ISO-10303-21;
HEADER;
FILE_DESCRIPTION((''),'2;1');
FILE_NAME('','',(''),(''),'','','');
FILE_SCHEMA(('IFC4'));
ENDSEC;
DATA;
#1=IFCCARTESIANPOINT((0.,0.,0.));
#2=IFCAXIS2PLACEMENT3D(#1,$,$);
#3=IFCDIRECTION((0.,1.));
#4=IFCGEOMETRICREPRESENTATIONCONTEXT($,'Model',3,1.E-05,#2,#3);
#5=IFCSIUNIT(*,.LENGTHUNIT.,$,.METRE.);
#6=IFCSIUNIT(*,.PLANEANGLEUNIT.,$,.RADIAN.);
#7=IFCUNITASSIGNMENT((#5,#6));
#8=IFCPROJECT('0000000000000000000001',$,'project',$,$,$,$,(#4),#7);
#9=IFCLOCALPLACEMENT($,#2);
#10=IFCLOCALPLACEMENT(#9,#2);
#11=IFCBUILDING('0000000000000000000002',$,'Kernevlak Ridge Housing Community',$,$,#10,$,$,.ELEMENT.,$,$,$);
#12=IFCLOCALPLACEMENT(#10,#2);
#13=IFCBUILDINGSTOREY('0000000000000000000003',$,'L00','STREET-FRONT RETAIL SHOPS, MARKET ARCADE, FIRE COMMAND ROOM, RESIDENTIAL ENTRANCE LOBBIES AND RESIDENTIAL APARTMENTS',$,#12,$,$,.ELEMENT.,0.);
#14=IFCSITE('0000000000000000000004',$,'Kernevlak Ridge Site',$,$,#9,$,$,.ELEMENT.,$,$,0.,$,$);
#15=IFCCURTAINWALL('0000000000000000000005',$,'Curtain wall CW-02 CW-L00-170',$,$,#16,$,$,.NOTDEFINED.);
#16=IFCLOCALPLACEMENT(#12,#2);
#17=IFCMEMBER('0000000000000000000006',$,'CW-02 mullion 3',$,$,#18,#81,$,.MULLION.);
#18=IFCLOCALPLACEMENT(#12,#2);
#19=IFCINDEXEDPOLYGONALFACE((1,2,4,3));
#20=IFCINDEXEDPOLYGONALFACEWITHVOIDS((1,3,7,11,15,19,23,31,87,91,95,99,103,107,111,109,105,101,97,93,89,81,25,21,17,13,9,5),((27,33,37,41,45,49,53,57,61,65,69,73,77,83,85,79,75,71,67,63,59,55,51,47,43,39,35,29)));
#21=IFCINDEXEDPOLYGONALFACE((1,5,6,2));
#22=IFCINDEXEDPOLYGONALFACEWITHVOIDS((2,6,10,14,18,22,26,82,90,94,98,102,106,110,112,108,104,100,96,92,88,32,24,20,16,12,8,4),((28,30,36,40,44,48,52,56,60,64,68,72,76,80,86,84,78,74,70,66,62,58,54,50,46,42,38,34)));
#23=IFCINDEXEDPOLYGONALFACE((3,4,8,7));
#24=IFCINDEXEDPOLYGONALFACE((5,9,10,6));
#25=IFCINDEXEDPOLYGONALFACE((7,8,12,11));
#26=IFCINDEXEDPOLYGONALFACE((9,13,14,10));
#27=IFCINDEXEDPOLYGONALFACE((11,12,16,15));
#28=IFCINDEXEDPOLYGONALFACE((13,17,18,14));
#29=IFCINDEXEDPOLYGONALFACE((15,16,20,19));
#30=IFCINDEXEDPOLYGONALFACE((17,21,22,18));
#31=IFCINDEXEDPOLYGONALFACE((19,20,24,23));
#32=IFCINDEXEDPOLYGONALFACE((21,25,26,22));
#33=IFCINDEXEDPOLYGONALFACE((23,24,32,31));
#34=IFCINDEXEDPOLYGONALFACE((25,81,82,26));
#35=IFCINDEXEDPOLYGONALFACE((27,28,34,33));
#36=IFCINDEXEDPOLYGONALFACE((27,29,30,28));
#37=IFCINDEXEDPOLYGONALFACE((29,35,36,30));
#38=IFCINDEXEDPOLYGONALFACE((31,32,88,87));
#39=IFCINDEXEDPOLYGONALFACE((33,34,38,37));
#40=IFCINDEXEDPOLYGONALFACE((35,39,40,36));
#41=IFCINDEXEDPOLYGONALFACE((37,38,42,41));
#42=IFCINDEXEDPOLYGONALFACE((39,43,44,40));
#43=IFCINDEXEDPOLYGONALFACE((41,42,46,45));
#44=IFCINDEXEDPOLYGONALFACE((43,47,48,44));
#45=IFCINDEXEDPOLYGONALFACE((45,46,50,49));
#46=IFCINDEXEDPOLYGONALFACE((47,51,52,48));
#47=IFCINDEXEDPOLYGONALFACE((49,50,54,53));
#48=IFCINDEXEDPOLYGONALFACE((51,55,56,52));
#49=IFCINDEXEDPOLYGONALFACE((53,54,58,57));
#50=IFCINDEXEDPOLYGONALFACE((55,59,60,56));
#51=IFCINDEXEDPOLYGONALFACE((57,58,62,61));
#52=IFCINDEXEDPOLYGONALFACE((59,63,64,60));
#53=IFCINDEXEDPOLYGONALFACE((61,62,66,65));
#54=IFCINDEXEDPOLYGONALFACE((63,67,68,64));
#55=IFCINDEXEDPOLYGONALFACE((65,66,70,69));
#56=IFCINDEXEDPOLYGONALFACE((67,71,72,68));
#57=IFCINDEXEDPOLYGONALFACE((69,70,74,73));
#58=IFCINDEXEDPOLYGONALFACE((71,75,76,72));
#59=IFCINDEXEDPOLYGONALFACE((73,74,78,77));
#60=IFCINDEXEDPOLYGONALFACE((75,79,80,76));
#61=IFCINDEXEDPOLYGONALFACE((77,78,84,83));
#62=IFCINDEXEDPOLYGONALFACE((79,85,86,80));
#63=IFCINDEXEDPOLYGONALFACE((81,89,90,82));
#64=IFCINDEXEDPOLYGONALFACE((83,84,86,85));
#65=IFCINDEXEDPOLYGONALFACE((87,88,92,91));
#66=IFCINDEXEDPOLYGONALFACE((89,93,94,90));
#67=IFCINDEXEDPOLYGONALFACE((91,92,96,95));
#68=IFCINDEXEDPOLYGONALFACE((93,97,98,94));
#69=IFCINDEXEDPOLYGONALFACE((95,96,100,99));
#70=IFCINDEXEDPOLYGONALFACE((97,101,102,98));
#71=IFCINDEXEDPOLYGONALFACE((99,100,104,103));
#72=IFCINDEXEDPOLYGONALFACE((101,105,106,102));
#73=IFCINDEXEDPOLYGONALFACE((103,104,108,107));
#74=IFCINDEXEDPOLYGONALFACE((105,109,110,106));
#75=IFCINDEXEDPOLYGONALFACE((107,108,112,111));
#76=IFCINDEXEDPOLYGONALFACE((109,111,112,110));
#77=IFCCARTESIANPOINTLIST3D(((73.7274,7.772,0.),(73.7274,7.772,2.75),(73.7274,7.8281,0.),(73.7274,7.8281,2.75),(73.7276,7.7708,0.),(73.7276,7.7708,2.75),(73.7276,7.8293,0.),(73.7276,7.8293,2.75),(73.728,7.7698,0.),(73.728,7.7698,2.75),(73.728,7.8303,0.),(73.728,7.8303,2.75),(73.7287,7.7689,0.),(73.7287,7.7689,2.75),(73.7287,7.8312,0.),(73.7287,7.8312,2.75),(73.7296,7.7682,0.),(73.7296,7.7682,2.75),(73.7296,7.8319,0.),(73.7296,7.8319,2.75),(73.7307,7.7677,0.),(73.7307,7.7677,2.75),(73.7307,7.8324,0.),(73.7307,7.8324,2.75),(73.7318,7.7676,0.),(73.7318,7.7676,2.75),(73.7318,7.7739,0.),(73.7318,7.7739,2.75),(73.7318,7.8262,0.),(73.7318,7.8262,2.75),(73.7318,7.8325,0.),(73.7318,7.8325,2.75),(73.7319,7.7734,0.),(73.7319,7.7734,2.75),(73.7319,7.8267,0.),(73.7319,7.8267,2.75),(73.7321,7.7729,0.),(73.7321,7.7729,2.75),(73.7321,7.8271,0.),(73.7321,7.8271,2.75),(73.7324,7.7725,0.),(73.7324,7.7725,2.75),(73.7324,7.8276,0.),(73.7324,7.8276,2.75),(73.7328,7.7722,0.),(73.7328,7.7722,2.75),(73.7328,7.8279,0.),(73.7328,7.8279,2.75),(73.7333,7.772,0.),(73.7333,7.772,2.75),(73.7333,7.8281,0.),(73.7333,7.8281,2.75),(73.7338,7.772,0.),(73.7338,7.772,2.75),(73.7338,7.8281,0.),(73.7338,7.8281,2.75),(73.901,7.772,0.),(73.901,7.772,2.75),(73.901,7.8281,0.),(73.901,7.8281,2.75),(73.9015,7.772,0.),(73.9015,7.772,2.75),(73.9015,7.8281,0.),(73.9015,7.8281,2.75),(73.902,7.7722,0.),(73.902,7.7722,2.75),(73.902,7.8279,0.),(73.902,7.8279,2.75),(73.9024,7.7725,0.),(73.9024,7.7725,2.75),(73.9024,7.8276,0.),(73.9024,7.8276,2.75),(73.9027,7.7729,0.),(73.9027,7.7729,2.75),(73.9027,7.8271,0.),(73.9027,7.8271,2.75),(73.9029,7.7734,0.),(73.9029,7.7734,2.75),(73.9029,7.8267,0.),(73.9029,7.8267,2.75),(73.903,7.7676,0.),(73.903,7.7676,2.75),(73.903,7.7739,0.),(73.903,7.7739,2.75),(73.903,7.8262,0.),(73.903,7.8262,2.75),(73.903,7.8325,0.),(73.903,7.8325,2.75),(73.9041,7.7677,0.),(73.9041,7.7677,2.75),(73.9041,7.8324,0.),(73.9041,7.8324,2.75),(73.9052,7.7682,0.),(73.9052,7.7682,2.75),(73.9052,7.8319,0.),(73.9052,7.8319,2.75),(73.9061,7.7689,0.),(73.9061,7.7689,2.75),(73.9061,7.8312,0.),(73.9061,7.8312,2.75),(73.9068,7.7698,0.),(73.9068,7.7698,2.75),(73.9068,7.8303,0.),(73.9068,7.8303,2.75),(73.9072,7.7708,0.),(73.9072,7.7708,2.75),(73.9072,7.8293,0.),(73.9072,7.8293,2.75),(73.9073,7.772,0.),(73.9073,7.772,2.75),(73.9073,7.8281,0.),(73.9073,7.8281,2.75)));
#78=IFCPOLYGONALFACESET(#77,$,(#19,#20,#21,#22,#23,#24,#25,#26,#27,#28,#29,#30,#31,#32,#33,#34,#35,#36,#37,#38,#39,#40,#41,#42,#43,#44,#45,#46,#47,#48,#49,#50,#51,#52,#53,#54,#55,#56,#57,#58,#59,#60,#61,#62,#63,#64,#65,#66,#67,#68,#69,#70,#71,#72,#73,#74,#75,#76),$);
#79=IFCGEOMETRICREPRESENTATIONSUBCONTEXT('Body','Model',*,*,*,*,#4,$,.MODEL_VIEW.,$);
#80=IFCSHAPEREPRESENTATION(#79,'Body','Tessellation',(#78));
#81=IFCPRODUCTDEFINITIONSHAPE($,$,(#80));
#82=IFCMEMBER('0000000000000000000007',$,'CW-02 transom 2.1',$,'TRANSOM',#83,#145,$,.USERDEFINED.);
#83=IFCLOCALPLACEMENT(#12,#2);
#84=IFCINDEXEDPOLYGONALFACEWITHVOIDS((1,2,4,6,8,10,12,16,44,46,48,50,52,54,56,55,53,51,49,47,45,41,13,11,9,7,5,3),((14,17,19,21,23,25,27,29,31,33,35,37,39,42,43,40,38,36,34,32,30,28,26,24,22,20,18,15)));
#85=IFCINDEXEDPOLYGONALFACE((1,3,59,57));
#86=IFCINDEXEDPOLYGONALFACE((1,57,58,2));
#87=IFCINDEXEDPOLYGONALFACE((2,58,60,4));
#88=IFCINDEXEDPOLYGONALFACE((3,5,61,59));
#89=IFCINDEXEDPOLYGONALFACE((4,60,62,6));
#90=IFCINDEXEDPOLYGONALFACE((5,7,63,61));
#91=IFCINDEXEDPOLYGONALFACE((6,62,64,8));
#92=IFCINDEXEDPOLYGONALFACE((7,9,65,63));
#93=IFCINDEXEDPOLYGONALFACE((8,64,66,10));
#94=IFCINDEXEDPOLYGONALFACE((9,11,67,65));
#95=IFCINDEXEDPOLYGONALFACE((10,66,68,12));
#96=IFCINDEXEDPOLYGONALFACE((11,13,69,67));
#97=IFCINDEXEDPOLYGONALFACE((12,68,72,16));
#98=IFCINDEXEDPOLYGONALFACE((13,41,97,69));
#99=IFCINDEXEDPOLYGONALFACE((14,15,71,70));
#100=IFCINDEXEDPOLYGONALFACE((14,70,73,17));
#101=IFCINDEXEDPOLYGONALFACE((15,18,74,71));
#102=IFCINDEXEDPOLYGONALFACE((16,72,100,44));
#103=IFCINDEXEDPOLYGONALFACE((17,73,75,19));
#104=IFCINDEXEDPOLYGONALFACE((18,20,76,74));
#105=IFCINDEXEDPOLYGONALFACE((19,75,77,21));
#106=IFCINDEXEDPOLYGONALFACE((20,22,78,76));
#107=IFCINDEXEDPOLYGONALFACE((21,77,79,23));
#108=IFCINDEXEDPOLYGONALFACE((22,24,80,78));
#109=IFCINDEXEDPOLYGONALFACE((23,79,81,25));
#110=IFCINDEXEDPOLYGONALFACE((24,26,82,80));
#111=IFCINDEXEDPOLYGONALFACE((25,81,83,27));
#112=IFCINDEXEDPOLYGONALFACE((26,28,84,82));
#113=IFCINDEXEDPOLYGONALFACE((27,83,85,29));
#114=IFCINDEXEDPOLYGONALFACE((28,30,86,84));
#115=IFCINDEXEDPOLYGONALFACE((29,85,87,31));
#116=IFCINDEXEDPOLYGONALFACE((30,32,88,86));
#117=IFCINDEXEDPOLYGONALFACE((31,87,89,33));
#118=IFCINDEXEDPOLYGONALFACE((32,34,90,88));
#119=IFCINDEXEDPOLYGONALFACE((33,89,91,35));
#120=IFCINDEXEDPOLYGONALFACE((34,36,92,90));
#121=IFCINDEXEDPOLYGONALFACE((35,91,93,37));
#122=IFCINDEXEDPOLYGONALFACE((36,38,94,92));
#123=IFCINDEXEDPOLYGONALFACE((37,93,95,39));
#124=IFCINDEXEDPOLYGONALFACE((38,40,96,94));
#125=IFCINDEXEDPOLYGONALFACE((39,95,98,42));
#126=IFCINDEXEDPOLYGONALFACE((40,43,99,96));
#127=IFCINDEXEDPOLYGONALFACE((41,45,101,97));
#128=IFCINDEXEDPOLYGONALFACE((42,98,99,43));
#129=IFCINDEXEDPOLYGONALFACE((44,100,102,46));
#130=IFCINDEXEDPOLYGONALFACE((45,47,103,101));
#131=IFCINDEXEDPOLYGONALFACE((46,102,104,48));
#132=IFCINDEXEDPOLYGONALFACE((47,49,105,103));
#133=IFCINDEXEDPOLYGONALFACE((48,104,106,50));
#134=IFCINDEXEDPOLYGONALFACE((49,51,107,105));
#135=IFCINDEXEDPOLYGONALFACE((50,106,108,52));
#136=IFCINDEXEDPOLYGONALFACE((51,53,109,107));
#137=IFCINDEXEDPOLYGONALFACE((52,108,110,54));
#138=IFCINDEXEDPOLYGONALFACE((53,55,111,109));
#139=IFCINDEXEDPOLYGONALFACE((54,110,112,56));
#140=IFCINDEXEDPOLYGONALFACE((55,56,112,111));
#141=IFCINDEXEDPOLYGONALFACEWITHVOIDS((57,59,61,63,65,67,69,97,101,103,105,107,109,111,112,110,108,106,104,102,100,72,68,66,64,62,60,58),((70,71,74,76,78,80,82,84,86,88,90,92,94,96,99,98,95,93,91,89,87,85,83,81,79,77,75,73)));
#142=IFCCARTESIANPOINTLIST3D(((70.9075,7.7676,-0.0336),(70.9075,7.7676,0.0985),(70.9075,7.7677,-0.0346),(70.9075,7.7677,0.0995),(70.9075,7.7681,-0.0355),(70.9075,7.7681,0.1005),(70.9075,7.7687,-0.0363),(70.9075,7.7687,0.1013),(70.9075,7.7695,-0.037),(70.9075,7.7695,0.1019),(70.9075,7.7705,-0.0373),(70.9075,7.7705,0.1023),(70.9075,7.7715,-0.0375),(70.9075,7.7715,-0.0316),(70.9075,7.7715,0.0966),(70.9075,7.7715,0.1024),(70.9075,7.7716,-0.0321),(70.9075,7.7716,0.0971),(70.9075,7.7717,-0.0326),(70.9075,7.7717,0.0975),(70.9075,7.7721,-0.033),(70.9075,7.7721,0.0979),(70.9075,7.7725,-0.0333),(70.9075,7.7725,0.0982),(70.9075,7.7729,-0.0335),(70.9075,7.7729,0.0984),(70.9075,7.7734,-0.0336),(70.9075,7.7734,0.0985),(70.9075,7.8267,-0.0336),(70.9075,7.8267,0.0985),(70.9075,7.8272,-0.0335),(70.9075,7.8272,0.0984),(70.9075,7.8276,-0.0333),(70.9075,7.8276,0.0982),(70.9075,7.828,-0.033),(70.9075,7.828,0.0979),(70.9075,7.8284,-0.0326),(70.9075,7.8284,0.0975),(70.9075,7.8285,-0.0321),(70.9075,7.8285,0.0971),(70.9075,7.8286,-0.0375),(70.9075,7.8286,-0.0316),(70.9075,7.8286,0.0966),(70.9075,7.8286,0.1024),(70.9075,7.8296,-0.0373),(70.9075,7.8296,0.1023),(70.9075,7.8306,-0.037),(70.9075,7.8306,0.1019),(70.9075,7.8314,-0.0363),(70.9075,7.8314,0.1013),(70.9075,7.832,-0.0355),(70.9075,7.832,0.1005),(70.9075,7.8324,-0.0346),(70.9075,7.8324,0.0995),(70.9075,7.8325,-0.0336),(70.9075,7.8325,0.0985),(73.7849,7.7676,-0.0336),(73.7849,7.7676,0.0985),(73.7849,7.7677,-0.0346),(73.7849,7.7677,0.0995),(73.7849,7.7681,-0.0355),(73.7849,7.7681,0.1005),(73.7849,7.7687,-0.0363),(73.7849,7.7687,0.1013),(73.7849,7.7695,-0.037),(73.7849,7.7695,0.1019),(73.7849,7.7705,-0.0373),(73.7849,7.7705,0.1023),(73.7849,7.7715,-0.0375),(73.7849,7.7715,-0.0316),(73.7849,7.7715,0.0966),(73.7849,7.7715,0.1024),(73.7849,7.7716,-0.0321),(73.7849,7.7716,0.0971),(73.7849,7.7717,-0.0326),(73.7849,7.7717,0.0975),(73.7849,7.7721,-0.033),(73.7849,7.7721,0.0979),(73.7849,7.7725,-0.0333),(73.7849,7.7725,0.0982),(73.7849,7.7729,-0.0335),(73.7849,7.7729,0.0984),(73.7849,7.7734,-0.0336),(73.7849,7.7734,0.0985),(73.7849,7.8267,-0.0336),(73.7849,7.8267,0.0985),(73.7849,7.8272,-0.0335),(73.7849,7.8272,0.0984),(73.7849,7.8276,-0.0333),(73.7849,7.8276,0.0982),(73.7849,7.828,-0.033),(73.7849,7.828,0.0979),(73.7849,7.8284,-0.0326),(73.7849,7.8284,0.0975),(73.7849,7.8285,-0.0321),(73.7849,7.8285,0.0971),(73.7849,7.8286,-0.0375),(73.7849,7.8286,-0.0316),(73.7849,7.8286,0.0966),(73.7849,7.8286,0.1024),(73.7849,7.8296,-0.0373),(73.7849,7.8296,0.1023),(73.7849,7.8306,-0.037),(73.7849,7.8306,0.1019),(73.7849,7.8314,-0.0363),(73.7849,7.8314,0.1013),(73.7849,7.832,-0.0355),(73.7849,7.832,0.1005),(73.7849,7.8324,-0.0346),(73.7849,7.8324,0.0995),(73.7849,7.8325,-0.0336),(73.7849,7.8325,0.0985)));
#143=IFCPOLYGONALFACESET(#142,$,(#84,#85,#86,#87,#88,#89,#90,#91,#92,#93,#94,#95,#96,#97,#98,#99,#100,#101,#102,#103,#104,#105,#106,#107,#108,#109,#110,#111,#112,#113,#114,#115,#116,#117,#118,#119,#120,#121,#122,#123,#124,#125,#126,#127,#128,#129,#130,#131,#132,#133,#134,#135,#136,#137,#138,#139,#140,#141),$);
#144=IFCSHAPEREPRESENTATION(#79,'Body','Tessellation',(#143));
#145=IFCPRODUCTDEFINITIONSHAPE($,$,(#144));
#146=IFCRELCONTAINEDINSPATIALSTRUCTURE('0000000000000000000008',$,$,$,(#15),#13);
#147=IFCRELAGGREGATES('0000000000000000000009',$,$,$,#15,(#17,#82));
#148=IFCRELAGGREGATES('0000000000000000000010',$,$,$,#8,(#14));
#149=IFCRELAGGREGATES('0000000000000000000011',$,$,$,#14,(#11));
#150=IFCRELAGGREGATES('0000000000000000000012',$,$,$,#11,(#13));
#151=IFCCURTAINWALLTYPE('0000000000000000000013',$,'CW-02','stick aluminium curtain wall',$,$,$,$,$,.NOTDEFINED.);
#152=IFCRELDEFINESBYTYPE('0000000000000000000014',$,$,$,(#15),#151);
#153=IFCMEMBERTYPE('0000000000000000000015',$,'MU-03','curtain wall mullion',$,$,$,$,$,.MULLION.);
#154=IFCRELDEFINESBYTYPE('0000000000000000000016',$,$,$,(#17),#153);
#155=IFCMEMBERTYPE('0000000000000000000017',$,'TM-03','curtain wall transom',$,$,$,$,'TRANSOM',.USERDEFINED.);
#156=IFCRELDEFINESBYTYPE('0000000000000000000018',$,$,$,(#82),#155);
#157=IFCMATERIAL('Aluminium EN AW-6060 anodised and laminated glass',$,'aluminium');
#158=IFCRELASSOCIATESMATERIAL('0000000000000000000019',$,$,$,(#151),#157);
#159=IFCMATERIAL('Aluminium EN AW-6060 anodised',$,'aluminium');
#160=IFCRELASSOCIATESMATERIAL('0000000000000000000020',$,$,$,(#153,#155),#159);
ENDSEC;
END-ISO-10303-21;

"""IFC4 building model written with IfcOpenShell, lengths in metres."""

from ifc_helpers import new_model, si_unit, direction, frame, origin, origin_2d, place, context, subcontext, project, spatial, hollow_rectangle, extrude, material, material_profile, profile_set, type_object, element, aggregate, save


model = new_model("IFC4")

# Units and contexts
model_context = context("Model", 3, precision=1e-05, world=origin(), true_north=direction((0.0, 1.0)))
body_context = subcontext(model_context, "Body", "Model", "MODEL_VIEW")
ifc_project = project(units=[si_unit("LENGTHUNIT", "METRE"), si_unit("PLANEANGLEUNIT", "RADIAN")], contexts=[model_context])

# Site, building, storey
site_placement = place(None, origin())
site = spatial("IfcSite", under=ifc_project, at=site_placement, Name="Kernevlak Ridge Site", CompositionType="ELEMENT", RefElevation=0.0)
building_placement = place(site_placement, origin())
building = spatial("IfcBuilding", under=site, at=building_placement, Name="Kernevlak Ridge Housing Community", CompositionType="ELEMENT")
storey_placement = place(building_placement, origin())
storey = spatial("IfcBuildingStorey", under=building, at=storey_placement, Name="L00", Description="STREET-FRONT RETAIL SHOPS, MARKET ARCADE, FIRE COMMAND ROOM, RESIDENTIAL ENTRANCE LOBBIES AND RESIDENTIAL APARTMENTS", CompositionType="ELEMENT", Elevation=0.0)

# Curtain wall, members
ifc_material_1 = material(Name="Aluminium EN AW-6060 anodised and laminated glass", Category="aluminium")
curtain_wall_type = type_object("IfcCurtainWallType", Name="CW-02", Description="stick aluminium curtain wall", PredefinedType="NOTDEFINED", material=ifc_material_1)
curtain_wall_placement = place(storey_placement, origin())
curtain_wall = element("IfcCurtainWall", 1, at=curtain_wall_placement, inside=storey, type_object=curtain_wall_type, Name="Curtain wall CW-02 CW-L00-170", PredefinedType="NOTDEFINED")
ifc_material_2 = material(Name="Aluminium EN AW-6060 anodised", Category="aluminium")
ifc_material_profile_1 = material_profile(ifc_material_2, hollow_rectangle(XDim=0.0649, YDim=0.1799, WallThickness=0.0044, InnerFilletRadius=0.002, OuterFilletRadius=0.0044, at=origin_2d()), Name="ALU 65x180x4.5")
ifc_profile_set_1 = profile_set([ifc_material_profile_1], Name="Aluminium EN AW-6060 anodised")
member_type_1 = type_object("IfcMemberType", Name="MU-03", Description="curtain wall mullion", PredefinedType="MULLION", material=ifc_profile_set_1)
member_1_placement = place(storey_placement, frame((73.8174, 7.8, 0.0), z_axis=(0.0, 0.0, 1.0), x_axis=(0.0, 1.0, 0.0)))
member_1 = element("IfcMember", 2, at=member_1_placement, type_object=member_type_1, Name="CW-02 mullion 3", PredefinedType="MULLION", context=body_context, shape_type="SweptSolid", body=[
    extrude(hollow_rectangle(XDim=0.0649, YDim=0.1799, WallThickness=0.0044, InnerFilletRadius=0.002, OuterFilletRadius=0.0044, at=origin_2d()), origin(), (0.0, 0.0, 1.0), 2.75),
])
ifc_material_profile_2 = material_profile(ifc_material_2, hollow_rectangle(XDim=0.0649, YDim=0.1399, WallThickness=0.0039, InnerFilletRadius=0.002, OuterFilletRadius=0.0039, at=origin_2d()), Name="ALU 65x140x4")
ifc_profile_set_2 = profile_set([ifc_material_profile_2], Name="Aluminium EN AW-6060 anodised")
member_type_2 = type_object("IfcMemberType", Name="TM-03", Description="curtain wall transom", ElementType="TRANSOM", PredefinedType="USERDEFINED", material=ifc_profile_set_2)
member_2_placement = place(storey_placement, frame((70.9075, 7.8, 0.0325), z_axis=(1.0, 0.0, 0.0), x_axis=(0.0, 1.0, 0.0)))
member_2 = element("IfcMember", 3, at=member_2_placement, type_object=member_type_2, Name="CW-02 transom 2.1", ObjectType="TRANSOM", PredefinedType="USERDEFINED", context=body_context, shape_type="SweptSolid", body=[
    extrude(hollow_rectangle(XDim=0.0649, YDim=0.1399, WallThickness=0.0039, InnerFilletRadius=0.002, OuterFilletRadius=0.0039, at=origin_2d()), origin(), (0.0, 0.0, 1.0), 2.8774),
])
aggregate(curtain_wall, [member_1, member_2])

save(model, "model.ifc")
